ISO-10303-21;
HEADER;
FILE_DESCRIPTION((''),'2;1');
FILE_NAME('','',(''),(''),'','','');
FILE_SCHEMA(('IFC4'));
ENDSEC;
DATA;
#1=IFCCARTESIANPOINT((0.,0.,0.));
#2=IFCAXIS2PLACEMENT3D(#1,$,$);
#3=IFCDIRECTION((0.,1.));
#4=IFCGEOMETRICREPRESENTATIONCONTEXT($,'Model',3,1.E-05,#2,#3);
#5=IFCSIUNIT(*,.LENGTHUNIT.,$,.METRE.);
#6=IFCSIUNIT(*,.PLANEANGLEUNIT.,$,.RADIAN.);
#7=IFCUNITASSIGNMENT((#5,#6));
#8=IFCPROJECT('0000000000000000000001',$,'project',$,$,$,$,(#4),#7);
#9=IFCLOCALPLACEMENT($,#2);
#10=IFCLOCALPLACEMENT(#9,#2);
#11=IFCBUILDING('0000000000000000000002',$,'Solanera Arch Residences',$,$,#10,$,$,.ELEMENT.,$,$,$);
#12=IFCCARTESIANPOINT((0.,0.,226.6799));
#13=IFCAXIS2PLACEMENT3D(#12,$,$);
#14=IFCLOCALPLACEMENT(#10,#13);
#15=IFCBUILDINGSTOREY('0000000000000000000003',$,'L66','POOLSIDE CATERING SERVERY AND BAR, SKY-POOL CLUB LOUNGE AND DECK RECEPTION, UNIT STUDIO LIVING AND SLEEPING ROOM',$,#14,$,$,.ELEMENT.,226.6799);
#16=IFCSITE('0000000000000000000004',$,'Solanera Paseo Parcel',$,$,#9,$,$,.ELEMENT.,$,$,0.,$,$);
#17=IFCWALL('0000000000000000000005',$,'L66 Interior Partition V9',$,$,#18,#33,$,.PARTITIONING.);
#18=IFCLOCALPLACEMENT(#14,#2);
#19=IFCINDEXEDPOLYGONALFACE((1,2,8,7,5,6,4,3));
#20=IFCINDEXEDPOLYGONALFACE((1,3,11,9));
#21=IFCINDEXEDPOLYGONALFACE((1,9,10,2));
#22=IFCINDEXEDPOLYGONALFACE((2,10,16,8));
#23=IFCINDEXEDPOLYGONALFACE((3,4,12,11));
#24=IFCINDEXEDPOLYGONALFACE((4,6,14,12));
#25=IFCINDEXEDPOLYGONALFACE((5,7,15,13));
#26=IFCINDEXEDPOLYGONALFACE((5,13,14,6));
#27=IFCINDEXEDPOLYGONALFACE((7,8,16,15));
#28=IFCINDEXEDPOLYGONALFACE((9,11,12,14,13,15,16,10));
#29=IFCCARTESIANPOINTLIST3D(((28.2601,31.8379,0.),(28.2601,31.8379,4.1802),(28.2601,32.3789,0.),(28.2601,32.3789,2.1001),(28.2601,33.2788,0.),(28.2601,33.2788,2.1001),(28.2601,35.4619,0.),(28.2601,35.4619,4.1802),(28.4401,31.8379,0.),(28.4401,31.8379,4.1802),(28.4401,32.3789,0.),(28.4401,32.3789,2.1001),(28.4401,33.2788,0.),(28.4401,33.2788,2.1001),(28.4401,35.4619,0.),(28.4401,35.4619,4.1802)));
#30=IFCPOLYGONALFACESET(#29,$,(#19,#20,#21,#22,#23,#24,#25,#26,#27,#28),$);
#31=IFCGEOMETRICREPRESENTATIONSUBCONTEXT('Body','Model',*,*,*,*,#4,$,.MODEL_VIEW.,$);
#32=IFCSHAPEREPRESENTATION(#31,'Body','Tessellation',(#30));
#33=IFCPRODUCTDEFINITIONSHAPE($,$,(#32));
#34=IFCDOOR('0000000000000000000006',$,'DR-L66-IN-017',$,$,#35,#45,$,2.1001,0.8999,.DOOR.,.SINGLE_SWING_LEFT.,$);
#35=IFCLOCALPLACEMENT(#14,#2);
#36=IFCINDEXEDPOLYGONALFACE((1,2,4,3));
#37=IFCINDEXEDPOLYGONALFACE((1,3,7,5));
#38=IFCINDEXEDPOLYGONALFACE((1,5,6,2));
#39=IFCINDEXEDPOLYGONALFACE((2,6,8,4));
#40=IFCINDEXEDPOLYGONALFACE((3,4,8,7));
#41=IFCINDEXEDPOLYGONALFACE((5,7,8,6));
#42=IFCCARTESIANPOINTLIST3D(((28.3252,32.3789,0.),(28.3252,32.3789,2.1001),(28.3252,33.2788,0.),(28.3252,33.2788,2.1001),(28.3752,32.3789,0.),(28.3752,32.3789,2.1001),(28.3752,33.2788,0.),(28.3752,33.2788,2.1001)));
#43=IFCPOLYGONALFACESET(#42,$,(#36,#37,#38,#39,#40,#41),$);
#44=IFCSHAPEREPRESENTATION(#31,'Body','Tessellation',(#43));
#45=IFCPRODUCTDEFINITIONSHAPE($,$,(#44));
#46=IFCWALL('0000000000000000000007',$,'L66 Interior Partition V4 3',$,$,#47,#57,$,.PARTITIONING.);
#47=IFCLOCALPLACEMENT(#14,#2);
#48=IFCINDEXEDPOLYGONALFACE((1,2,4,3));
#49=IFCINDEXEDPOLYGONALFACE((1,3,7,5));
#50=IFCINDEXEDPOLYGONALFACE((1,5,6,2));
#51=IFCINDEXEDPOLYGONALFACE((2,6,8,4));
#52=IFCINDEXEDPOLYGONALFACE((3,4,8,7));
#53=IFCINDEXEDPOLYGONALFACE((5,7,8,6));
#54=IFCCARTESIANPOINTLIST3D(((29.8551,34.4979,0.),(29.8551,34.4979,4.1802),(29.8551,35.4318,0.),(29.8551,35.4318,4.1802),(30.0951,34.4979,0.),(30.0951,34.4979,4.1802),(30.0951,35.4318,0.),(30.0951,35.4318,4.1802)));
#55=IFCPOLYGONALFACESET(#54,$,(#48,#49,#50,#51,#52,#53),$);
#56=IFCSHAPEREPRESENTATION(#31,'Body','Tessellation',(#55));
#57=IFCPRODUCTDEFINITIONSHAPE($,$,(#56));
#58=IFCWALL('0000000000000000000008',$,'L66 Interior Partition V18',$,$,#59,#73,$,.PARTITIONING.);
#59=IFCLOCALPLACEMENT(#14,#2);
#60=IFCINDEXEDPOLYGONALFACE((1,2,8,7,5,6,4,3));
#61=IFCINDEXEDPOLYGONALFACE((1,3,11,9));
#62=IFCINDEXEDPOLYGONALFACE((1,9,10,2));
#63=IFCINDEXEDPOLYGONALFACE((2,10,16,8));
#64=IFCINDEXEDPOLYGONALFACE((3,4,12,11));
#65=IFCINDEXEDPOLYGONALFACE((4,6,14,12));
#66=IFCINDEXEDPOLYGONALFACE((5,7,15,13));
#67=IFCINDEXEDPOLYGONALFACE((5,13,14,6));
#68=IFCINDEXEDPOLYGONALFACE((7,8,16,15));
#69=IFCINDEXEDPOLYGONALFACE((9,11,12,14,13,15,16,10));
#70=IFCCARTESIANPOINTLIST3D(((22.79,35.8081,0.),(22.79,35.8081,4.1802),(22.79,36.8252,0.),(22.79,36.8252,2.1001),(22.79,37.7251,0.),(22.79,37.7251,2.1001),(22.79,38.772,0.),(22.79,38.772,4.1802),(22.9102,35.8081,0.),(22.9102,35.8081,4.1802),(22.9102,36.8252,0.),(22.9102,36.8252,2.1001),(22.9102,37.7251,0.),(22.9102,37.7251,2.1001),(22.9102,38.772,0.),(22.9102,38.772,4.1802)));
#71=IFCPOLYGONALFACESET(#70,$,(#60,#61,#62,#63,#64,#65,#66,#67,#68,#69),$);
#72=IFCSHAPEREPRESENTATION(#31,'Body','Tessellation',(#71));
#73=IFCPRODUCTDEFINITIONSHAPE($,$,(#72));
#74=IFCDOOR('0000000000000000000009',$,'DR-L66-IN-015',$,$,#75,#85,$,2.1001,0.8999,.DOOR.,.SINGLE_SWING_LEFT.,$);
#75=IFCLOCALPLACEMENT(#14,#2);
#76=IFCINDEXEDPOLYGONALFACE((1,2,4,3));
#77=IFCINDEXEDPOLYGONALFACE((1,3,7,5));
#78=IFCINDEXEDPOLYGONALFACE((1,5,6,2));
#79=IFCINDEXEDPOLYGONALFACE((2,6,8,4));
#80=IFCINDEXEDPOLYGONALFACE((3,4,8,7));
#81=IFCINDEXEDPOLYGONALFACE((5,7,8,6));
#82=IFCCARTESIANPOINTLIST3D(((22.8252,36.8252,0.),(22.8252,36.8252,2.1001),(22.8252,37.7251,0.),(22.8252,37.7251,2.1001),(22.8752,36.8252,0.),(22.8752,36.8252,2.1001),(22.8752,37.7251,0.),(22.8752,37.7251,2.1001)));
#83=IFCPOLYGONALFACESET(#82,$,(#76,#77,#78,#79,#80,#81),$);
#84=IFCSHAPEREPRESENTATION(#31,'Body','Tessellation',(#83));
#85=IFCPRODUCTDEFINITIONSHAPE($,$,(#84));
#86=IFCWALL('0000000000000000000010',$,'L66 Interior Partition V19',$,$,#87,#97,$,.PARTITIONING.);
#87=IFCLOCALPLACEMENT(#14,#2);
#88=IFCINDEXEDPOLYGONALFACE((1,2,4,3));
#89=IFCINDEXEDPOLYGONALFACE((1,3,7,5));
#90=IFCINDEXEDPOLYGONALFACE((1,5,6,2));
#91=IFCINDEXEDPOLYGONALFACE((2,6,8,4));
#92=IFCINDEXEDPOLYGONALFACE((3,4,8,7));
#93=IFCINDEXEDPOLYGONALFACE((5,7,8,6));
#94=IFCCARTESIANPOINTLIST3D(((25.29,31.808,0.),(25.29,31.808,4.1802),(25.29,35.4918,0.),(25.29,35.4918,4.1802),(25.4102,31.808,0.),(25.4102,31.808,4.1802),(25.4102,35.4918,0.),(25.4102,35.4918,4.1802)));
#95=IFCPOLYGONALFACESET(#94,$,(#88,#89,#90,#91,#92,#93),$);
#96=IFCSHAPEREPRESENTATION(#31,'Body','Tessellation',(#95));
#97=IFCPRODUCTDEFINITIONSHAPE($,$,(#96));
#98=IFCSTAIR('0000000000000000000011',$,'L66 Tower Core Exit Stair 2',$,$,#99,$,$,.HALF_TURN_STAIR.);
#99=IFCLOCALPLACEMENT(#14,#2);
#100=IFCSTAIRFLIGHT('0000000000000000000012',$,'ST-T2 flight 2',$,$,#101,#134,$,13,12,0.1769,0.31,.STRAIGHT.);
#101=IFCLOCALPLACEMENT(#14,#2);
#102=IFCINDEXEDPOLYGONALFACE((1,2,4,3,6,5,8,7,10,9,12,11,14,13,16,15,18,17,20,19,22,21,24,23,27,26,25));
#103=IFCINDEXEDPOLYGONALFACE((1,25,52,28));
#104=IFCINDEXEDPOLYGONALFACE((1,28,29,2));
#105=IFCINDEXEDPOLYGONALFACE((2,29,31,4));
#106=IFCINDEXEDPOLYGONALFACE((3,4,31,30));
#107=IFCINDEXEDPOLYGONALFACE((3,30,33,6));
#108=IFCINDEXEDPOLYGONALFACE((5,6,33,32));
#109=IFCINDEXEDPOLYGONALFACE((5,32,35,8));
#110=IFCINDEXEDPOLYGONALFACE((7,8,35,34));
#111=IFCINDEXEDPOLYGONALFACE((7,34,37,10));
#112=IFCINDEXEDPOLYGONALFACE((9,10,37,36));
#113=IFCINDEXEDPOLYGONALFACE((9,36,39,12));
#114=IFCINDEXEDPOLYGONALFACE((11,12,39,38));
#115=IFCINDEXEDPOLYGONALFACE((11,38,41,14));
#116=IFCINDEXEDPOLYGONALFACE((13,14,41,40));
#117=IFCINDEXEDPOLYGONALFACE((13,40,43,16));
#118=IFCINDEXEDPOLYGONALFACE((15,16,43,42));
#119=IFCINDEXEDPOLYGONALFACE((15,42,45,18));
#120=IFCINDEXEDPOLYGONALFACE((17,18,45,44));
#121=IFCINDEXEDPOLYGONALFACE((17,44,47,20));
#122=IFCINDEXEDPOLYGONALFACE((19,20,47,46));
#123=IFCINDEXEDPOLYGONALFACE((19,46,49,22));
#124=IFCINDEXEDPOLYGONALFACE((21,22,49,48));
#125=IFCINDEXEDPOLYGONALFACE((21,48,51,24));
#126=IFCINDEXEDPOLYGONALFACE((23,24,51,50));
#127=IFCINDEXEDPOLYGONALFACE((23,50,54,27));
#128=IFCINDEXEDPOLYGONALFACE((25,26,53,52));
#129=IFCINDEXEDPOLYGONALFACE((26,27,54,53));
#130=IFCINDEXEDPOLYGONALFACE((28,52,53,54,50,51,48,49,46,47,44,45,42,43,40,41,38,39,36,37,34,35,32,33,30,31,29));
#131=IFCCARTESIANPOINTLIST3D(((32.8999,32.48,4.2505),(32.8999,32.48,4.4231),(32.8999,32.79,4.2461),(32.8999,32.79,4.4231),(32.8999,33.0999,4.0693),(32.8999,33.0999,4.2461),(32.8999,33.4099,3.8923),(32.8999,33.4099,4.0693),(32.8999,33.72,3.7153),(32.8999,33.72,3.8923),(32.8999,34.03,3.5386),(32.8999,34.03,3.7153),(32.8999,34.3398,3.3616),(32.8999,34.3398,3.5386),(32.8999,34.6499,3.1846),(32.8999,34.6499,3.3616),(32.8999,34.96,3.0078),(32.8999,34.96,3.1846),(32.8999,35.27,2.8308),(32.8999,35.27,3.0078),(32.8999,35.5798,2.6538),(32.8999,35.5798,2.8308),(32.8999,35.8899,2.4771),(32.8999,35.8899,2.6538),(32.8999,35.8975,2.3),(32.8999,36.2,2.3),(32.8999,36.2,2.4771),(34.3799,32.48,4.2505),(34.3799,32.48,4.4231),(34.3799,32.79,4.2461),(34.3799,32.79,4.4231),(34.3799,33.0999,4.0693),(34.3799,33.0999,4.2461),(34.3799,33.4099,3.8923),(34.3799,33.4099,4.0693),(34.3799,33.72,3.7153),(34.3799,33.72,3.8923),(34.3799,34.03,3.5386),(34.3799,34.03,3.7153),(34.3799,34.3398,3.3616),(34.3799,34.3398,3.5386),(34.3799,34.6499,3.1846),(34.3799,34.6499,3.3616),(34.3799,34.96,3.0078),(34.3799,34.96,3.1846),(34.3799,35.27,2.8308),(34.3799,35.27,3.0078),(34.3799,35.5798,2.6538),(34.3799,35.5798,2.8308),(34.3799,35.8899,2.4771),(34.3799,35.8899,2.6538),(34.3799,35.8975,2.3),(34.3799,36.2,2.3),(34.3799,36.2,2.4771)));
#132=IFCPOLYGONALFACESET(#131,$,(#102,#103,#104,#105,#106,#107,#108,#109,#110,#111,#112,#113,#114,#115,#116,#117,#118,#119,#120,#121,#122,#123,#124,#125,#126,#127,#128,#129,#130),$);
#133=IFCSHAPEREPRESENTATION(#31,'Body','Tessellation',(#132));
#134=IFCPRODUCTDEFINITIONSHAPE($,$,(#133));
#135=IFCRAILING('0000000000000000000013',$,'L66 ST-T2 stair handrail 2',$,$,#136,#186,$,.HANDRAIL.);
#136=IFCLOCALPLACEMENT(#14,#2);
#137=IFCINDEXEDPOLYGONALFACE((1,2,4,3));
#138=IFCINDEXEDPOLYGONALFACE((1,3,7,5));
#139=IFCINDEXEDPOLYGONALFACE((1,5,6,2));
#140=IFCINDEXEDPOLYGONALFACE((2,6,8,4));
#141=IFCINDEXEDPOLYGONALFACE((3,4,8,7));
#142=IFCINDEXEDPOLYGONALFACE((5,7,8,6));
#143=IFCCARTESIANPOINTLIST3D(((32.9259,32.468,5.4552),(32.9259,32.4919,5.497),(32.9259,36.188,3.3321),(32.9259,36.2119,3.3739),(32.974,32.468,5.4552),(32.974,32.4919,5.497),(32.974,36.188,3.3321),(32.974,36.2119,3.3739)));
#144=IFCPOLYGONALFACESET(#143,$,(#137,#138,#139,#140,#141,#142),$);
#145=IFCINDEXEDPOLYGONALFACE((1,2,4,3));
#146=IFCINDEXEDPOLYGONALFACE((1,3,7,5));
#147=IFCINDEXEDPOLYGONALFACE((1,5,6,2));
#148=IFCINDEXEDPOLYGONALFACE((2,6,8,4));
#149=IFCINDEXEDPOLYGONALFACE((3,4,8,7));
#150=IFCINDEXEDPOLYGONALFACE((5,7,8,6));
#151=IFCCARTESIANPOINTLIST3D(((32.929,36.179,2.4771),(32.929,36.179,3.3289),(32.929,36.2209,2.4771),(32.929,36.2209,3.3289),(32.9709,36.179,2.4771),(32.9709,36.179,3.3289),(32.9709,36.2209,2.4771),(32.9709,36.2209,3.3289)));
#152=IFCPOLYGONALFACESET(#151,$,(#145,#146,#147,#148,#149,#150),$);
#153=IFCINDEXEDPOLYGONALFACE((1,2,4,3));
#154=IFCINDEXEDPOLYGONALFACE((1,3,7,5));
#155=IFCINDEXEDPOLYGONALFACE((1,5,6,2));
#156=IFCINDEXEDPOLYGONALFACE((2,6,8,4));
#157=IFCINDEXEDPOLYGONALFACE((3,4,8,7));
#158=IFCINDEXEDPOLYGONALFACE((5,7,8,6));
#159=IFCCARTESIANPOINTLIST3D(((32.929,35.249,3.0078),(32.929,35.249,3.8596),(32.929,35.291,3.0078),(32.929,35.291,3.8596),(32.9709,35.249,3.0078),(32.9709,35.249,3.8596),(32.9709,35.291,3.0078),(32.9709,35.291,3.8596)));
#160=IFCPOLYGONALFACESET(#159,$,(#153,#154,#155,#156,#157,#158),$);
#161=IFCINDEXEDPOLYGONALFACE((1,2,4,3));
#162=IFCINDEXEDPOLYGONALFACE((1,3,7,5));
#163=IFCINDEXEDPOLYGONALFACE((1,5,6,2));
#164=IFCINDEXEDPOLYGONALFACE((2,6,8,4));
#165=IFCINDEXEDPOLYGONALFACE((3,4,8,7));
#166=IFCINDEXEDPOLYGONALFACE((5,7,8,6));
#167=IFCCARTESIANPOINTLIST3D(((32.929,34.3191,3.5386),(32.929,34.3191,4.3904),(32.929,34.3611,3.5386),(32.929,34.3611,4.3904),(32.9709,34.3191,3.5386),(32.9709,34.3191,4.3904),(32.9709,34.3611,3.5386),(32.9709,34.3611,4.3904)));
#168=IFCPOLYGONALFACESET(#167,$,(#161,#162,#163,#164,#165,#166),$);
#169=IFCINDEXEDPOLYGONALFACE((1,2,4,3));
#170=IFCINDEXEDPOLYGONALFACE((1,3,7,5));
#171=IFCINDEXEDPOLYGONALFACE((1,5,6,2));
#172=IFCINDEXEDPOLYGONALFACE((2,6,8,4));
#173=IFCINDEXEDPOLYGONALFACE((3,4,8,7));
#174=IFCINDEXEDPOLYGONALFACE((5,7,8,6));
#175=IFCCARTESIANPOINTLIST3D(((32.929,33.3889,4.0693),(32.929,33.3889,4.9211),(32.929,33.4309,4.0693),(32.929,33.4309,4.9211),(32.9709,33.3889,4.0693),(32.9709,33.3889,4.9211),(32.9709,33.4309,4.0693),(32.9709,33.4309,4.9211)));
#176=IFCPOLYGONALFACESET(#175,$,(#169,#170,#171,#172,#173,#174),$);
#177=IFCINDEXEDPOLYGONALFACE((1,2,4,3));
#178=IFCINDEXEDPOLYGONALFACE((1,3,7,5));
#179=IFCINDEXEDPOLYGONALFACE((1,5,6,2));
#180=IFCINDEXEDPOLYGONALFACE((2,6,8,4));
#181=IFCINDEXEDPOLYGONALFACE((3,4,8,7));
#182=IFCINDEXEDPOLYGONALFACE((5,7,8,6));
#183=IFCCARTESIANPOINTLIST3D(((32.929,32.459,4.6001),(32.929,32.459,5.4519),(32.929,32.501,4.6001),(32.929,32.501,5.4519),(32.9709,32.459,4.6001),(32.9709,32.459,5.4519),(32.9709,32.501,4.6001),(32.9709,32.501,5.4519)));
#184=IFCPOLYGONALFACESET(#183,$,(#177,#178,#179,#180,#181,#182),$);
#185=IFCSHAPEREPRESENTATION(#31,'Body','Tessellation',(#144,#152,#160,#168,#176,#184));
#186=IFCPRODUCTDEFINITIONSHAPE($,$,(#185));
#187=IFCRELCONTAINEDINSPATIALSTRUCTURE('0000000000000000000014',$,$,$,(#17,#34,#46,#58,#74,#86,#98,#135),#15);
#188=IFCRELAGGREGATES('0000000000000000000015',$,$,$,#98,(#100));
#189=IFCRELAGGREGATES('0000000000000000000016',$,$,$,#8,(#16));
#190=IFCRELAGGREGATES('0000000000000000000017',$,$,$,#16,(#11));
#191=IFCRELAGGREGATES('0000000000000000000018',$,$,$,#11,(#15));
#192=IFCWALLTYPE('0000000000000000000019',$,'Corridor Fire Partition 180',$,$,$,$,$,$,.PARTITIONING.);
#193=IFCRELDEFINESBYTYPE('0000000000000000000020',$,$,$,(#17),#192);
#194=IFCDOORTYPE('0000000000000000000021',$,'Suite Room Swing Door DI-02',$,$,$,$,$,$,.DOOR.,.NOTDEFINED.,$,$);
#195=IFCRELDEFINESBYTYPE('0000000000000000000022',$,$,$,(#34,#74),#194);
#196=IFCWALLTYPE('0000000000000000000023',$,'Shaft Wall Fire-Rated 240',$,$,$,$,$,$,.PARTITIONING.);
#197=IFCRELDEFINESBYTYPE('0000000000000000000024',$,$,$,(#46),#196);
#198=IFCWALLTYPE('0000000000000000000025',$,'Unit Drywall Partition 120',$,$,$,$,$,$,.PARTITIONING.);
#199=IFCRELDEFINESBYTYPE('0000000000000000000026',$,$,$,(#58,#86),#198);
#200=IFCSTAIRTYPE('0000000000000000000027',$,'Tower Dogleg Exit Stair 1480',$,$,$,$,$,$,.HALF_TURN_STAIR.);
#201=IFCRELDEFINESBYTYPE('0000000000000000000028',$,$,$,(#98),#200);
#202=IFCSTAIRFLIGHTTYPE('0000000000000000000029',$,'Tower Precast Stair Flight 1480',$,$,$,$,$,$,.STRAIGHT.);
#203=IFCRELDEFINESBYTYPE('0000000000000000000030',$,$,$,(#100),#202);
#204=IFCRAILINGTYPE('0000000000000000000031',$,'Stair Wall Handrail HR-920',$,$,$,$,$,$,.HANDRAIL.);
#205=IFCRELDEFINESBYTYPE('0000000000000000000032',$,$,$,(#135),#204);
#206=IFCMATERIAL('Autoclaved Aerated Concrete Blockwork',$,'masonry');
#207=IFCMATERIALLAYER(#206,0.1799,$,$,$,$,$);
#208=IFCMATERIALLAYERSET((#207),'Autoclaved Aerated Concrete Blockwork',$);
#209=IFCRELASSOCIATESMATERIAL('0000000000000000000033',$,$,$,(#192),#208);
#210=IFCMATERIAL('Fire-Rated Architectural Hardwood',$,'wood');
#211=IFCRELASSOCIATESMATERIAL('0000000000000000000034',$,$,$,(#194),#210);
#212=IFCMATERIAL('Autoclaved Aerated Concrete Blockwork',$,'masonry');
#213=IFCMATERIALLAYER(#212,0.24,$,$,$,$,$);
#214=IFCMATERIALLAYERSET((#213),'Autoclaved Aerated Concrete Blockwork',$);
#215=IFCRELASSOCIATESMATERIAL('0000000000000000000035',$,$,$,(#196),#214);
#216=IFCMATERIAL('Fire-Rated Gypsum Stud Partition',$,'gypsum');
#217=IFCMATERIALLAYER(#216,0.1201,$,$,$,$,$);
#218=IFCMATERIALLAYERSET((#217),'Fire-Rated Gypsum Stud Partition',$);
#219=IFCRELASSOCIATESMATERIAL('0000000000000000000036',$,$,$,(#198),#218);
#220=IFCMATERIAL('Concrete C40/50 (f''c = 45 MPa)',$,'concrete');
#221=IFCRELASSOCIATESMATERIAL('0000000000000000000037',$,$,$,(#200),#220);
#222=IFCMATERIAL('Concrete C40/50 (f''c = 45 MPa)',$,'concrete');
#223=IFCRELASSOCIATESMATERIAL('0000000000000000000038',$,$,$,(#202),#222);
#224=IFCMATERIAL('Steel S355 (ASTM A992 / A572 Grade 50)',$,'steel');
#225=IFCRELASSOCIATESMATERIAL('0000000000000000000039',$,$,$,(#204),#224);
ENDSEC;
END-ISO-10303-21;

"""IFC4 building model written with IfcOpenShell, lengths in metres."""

from ifc_helpers import new_model, si_unit, direction, frame, frame_2d, origin, origin_2d, place, context, subcontext, project, spatial, polyline, rectangle, outline, extrude, material, layer, layer_set, type_object, element, fill, aggregate, save


model = new_model("IFC4")

# Units and contexts
model_context = context("Model", 3, precision=1e-05, world=origin(), true_north=direction((0.0, 1.0)))
body_context = subcontext(model_context, "Body", "Model", "MODEL_VIEW")
ifc_project = project(units=[si_unit("LENGTHUNIT", "METRE"), si_unit("PLANEANGLEUNIT", "RADIAN")], contexts=[model_context])

# Site, building, storey
site_placement = place(None, origin())
site = spatial("IfcSite", under=ifc_project, at=site_placement, Name="Solanera Paseo Parcel", CompositionType="ELEMENT", RefElevation=0.0)
building_placement = place(site_placement, origin())
building = spatial("IfcBuilding", under=site, at=building_placement, Name="Solanera Arch Residences", CompositionType="ELEMENT")
storey_placement = place(building_placement, frame((0.0, 0.0, 226.6799)))
storey = spatial("IfcBuildingStorey", under=building, at=storey_placement, Name="L66", Description="POOLSIDE CATERING SERVERY AND BAR, SKY-POOL CLUB LOUNGE AND DECK RECEPTION, UNIT STUDIO LIVING AND SLEEPING ROOM", CompositionType="ELEMENT", Elevation=226.6799)

# Shared definitions
ifc_material_1 = material(Name="Autoclaved Aerated Concrete Blockwork", Category="masonry")
ifc_layer_1 = layer(ifc_material_1, 0.1799)
ifc_layer_set_1 = layer_set([ifc_layer_1], Name="Autoclaved Aerated Concrete Blockwork")
wall_type_1 = type_object("IfcWallType", Name="Corridor Fire Partition 180", PredefinedType="PARTITIONING", material=ifc_layer_set_1)

# Wall, opening, door
wall_1_placement = place(storey_placement, frame((28.3501, 31.8379, 0.0), z_axis=(0.0, 0.0, 1.0), x_axis=(0.0, 1.0, 0.0)))
wall_1 = element("IfcWall", 1, at=wall_1_placement, inside=storey, type_object=wall_type_1, Name="L66 Interior Partition V9", PredefinedType="PARTITIONING", context=body_context, shape_type="SweptSolid", body=[
    extrude(rectangle(XDim=3.624, YDim=0.1799, at=frame_2d((1.812, 0.0))), origin(), (0.0, 0.0, 1.0), 4.1802),
])
opening_1_placement = place(wall_1_placement, frame((0.541, 0.0, 0.0)))
opening_1 = element("IfcOpeningElement", 2, at=opening_1_placement, cuts=wall_1, PredefinedType="OPENING", context=body_context, shape_type="SweptSolid", body=[
    extrude(rectangle(XDim=0.8999, YDim=2.1001, at=frame_2d((0.45, 1.05))), frame((0.0, 0.1001, 0.0), z_axis=(0.0, -1.0, 0.0), x_axis=(1.0, 0.0, 0.0)), (0.0, 0.0, 1.0), 0.1999),
])
ifc_material_2 = material(Name="Fire-Rated Architectural Hardwood", Category="wood")
door_type_1 = type_object("IfcDoorType", Name="Suite Room Swing Door DI-02", OperationType="NOTDEFINED", PredefinedType="DOOR", material=ifc_material_2)
door_1_placement = place(opening_1_placement, origin())
door_1 = element("IfcDoor", 3, at=door_1_placement, inside=storey, type_object=door_type_1, Name="DR-L66-IN-017", OperationType="SINGLE_SWING_LEFT", OverallHeight=2.1001, OverallWidth=0.8999, PredefinedType="DOOR", context=body_context, shape_type="SweptSolid", body=[
    extrude(rectangle(XDim=0.8999, YDim=2.1001, at=frame_2d((0.45, 1.05))), frame((0.0, 0.0249, 0.0), z_axis=(0.0, -1.0, 0.0), x_axis=(1.0, 0.0, 0.0)), (0.0, 0.0, 1.0), 0.05),
])
fill(opening_1, door_1)
ifc_material_3 = material(Name="Autoclaved Aerated Concrete Blockwork", Category="masonry")
ifc_layer_2 = layer(ifc_material_3, 0.24)
ifc_layer_set_2 = layer_set([ifc_layer_2], Name="Autoclaved Aerated Concrete Blockwork")
wall_type_2 = type_object("IfcWallType", Name="Shaft Wall Fire-Rated 240", PredefinedType="PARTITIONING", material=ifc_layer_set_2)

# Wall
wall_2_placement = place(storey_placement, frame((29.9751, 34.498, 0.0), z_axis=(0.0, 0.0, 1.0), x_axis=(0.0, 1.0, 0.0)))
element("IfcWall", 4, at=wall_2_placement, inside=storey, type_object=wall_type_2, Name="L66 Interior Partition V4 3", PredefinedType="PARTITIONING", context=body_context, shape_type="SweptSolid", body=[
    extrude(rectangle(XDim=0.9338, YDim=0.24, at=frame_2d((0.4668, 0.0))), origin(), (0.0, 0.0, 1.0), 4.1802),
])

# Wall, opening, door
ifc_material_4 = material(Name="Fire-Rated Gypsum Stud Partition", Category="gypsum")
ifc_layer_3 = layer(ifc_material_4, 0.1201)
ifc_layer_set_3 = layer_set([ifc_layer_3], Name="Fire-Rated Gypsum Stud Partition")
wall_type_3 = type_object("IfcWallType", Name="Unit Drywall Partition 120", PredefinedType="PARTITIONING", material=ifc_layer_set_3)
wall_3_placement = place(storey_placement, frame((22.8501, 35.8081, 0.0), z_axis=(0.0, 0.0, 1.0), x_axis=(0.0, 1.0, 0.0)))
wall_3 = element("IfcWall", 5, at=wall_3_placement, inside=storey, type_object=wall_type_3, Name="L66 Interior Partition V18", PredefinedType="PARTITIONING", context=body_context, shape_type="SweptSolid", body=[
    extrude(rectangle(XDim=2.9639, YDim=0.1201, at=frame_2d((1.4819, 0.0))), origin(), (0.0, 0.0, 1.0), 4.1802),
])
opening_2_placement = place(wall_3_placement, frame((1.0171, 0.0, 0.0)))
opening_2 = element("IfcOpeningElement", 6, at=opening_2_placement, cuts=wall_3, PredefinedType="OPENING", context=body_context, shape_type="SweptSolid", body=[
    extrude(rectangle(XDim=0.8999, YDim=2.1001, at=frame_2d((0.45, 1.05))), frame((0.0, 0.0701, 0.0), z_axis=(0.0, -1.0, 0.0), x_axis=(1.0, 0.0, 0.0)), (0.0, 0.0, 1.0), 0.1401),
])
door_2_placement = place(opening_2_placement, origin())
door_2 = element("IfcDoor", 7, at=door_2_placement, inside=storey, type_object=door_type_1, Name="DR-L66-IN-015", OperationType="SINGLE_SWING_LEFT", OverallHeight=2.1001, OverallWidth=0.8999, PredefinedType="DOOR", context=body_context, shape_type="SweptSolid", body=[
    extrude(rectangle(XDim=0.8999, YDim=2.1001, at=frame_2d((0.45, 1.05))), frame((0.0, 0.0249, 0.0), z_axis=(0.0, -1.0, 0.0), x_axis=(1.0, 0.0, 0.0)), (0.0, 0.0, 1.0), 0.05),
])
fill(opening_2, door_2)

# Wall
wall_4_placement = place(storey_placement, frame((25.3501, 31.8081, 0.0), z_axis=(0.0, 0.0, 1.0), x_axis=(0.0, 1.0, 0.0)))
element("IfcWall", 8, at=wall_4_placement, inside=storey, type_object=wall_type_3, Name="L66 Interior Partition V19", PredefinedType="PARTITIONING", context=body_context, shape_type="SweptSolid", body=[
    extrude(rectangle(XDim=3.6838, YDim=0.1201, at=frame_2d((1.8418, 0.0))), origin(), (0.0, 0.0, 1.0), 4.1802),
])

# Stair, stair flight
ifc_material_5 = material(Name="Concrete C40/50 (f'c = 45 MPa)", Category="concrete")
stair_type = type_object("IfcStairType", Name="Tower Dogleg Exit Stair 1480", PredefinedType="HALF_TURN_STAIR", material=ifc_material_5)
stair_placement = place(storey_placement, origin())
stair = element("IfcStair", 9, at=stair_placement, inside=storey, type_object=stair_type, Name="L66 Tower Core Exit Stair 2", PredefinedType="HALF_TURN_STAIR")
ifc_material_6 = material(Name="Concrete C40/50 (f'c = 45 MPa)", Category="concrete")
stair_flight_type = type_object("IfcStairFlightType", Name="Tower Precast Stair Flight 1480", PredefinedType="STRAIGHT", material=ifc_material_6)
stair_flight_placement = place(storey_placement, frame((33.6399, 36.2, 2.3), z_axis=(0.0, 0.0, 1.0), x_axis=(0.0, -1.0, 0.0)))
stair_flight = element("IfcStairFlight", 10, at=stair_flight_placement, type_object=stair_flight_type, Name="ST-T2 flight 2", NumberOfRisers=13, NumberOfTreads=12, PredefinedType="STRAIGHT", RiserHeight=0.1769, TreadLength=0.31, context=body_context, shape_type="SweptSolid", body=[
    extrude(outline(polyline([(0.0, 0.0), (0.0, 0.177), (0.3101, 0.177), (0.3101, 0.3538), (0.6201, 0.3538), (0.6201, 0.5308), (0.9299, 0.5308), (0.9299, 0.7078), (1.24, 0.7078), (1.24, 0.8845), (1.55, 0.8845), (1.55, 1.0615), (1.8601, 1.0615), (1.8601, 1.2385), (2.1699, 1.2385), (2.1699, 1.4153), (2.48, 1.4153), (2.48, 1.5923), (2.79, 1.5923), (2.79, 1.7693), (3.1001, 1.7693), (3.1001, 1.946), (3.4099, 1.946), (3.4099, 2.123), (3.72, 2.123), (3.72, 2.3), (3.72, 1.9504), (0.3025, 0.0), (0.0, 0.0)])), frame((0.0, 0.74, 0.0), z_axis=(0.0, -1.0, 0.0), x_axis=(1.0, 0.0, 0.0)), (0.0, 0.0, 1.0), 1.48),
])
aggregate(stair, [stair_flight])

# Railing
ifc_material_7 = material(Name="Steel S355 (ASTM A992 / A572 Grade 50)", Category="steel")
railing_type = type_object("IfcRailingType", Name="Stair Wall Handrail HR-920", PredefinedType="HANDRAIL", material=ifc_material_7)
railing_placement = place(storey_placement, frame((32.95, 36.2, 2.4771)))
element("IfcRailing", 11, at=railing_placement, inside=storey, type_object=railing_type, Name="L66 ST-T2 stair handrail 2", PredefinedType="HANDRAIL", context=body_context, shape_type="SweptSolid", body=[
    extrude(rectangle(XDim=0.0481, YDim=0.0481, at=origin_2d()), frame((0.0, 0.0, 0.876), z_axis=(0.0, -0.86851, 0.495672), x_axis=(1.0, 0.0, 0.0)), (0.0, 0.0, 1.0), 4.2832),
    extrude(rectangle(XDim=0.042, YDim=0.042, at=origin_2d()), origin(), (0.0, 0.0, 1.0), 0.8518),
    extrude(rectangle(XDim=0.042, YDim=0.042, at=origin_2d()), frame((0.0, -0.9299, 0.5308)), (0.0, 0.0, 1.0), 0.8518),
    extrude(rectangle(XDim=0.042, YDim=0.042, at=origin_2d()), frame((0.0, -1.8599, 1.0615)), (0.0, 0.0, 1.0), 0.8518),
    extrude(rectangle(XDim=0.042, YDim=0.042, at=origin_2d()), frame((0.0, -2.79, 1.5923)), (0.0, 0.0, 1.0), 0.8518),
    extrude(rectangle(XDim=0.042, YDim=0.042, at=origin_2d()), frame((0.0, -3.72, 2.123)), (0.0, 0.0, 1.0), 0.8518),
])

save(model, "model.ifc")
